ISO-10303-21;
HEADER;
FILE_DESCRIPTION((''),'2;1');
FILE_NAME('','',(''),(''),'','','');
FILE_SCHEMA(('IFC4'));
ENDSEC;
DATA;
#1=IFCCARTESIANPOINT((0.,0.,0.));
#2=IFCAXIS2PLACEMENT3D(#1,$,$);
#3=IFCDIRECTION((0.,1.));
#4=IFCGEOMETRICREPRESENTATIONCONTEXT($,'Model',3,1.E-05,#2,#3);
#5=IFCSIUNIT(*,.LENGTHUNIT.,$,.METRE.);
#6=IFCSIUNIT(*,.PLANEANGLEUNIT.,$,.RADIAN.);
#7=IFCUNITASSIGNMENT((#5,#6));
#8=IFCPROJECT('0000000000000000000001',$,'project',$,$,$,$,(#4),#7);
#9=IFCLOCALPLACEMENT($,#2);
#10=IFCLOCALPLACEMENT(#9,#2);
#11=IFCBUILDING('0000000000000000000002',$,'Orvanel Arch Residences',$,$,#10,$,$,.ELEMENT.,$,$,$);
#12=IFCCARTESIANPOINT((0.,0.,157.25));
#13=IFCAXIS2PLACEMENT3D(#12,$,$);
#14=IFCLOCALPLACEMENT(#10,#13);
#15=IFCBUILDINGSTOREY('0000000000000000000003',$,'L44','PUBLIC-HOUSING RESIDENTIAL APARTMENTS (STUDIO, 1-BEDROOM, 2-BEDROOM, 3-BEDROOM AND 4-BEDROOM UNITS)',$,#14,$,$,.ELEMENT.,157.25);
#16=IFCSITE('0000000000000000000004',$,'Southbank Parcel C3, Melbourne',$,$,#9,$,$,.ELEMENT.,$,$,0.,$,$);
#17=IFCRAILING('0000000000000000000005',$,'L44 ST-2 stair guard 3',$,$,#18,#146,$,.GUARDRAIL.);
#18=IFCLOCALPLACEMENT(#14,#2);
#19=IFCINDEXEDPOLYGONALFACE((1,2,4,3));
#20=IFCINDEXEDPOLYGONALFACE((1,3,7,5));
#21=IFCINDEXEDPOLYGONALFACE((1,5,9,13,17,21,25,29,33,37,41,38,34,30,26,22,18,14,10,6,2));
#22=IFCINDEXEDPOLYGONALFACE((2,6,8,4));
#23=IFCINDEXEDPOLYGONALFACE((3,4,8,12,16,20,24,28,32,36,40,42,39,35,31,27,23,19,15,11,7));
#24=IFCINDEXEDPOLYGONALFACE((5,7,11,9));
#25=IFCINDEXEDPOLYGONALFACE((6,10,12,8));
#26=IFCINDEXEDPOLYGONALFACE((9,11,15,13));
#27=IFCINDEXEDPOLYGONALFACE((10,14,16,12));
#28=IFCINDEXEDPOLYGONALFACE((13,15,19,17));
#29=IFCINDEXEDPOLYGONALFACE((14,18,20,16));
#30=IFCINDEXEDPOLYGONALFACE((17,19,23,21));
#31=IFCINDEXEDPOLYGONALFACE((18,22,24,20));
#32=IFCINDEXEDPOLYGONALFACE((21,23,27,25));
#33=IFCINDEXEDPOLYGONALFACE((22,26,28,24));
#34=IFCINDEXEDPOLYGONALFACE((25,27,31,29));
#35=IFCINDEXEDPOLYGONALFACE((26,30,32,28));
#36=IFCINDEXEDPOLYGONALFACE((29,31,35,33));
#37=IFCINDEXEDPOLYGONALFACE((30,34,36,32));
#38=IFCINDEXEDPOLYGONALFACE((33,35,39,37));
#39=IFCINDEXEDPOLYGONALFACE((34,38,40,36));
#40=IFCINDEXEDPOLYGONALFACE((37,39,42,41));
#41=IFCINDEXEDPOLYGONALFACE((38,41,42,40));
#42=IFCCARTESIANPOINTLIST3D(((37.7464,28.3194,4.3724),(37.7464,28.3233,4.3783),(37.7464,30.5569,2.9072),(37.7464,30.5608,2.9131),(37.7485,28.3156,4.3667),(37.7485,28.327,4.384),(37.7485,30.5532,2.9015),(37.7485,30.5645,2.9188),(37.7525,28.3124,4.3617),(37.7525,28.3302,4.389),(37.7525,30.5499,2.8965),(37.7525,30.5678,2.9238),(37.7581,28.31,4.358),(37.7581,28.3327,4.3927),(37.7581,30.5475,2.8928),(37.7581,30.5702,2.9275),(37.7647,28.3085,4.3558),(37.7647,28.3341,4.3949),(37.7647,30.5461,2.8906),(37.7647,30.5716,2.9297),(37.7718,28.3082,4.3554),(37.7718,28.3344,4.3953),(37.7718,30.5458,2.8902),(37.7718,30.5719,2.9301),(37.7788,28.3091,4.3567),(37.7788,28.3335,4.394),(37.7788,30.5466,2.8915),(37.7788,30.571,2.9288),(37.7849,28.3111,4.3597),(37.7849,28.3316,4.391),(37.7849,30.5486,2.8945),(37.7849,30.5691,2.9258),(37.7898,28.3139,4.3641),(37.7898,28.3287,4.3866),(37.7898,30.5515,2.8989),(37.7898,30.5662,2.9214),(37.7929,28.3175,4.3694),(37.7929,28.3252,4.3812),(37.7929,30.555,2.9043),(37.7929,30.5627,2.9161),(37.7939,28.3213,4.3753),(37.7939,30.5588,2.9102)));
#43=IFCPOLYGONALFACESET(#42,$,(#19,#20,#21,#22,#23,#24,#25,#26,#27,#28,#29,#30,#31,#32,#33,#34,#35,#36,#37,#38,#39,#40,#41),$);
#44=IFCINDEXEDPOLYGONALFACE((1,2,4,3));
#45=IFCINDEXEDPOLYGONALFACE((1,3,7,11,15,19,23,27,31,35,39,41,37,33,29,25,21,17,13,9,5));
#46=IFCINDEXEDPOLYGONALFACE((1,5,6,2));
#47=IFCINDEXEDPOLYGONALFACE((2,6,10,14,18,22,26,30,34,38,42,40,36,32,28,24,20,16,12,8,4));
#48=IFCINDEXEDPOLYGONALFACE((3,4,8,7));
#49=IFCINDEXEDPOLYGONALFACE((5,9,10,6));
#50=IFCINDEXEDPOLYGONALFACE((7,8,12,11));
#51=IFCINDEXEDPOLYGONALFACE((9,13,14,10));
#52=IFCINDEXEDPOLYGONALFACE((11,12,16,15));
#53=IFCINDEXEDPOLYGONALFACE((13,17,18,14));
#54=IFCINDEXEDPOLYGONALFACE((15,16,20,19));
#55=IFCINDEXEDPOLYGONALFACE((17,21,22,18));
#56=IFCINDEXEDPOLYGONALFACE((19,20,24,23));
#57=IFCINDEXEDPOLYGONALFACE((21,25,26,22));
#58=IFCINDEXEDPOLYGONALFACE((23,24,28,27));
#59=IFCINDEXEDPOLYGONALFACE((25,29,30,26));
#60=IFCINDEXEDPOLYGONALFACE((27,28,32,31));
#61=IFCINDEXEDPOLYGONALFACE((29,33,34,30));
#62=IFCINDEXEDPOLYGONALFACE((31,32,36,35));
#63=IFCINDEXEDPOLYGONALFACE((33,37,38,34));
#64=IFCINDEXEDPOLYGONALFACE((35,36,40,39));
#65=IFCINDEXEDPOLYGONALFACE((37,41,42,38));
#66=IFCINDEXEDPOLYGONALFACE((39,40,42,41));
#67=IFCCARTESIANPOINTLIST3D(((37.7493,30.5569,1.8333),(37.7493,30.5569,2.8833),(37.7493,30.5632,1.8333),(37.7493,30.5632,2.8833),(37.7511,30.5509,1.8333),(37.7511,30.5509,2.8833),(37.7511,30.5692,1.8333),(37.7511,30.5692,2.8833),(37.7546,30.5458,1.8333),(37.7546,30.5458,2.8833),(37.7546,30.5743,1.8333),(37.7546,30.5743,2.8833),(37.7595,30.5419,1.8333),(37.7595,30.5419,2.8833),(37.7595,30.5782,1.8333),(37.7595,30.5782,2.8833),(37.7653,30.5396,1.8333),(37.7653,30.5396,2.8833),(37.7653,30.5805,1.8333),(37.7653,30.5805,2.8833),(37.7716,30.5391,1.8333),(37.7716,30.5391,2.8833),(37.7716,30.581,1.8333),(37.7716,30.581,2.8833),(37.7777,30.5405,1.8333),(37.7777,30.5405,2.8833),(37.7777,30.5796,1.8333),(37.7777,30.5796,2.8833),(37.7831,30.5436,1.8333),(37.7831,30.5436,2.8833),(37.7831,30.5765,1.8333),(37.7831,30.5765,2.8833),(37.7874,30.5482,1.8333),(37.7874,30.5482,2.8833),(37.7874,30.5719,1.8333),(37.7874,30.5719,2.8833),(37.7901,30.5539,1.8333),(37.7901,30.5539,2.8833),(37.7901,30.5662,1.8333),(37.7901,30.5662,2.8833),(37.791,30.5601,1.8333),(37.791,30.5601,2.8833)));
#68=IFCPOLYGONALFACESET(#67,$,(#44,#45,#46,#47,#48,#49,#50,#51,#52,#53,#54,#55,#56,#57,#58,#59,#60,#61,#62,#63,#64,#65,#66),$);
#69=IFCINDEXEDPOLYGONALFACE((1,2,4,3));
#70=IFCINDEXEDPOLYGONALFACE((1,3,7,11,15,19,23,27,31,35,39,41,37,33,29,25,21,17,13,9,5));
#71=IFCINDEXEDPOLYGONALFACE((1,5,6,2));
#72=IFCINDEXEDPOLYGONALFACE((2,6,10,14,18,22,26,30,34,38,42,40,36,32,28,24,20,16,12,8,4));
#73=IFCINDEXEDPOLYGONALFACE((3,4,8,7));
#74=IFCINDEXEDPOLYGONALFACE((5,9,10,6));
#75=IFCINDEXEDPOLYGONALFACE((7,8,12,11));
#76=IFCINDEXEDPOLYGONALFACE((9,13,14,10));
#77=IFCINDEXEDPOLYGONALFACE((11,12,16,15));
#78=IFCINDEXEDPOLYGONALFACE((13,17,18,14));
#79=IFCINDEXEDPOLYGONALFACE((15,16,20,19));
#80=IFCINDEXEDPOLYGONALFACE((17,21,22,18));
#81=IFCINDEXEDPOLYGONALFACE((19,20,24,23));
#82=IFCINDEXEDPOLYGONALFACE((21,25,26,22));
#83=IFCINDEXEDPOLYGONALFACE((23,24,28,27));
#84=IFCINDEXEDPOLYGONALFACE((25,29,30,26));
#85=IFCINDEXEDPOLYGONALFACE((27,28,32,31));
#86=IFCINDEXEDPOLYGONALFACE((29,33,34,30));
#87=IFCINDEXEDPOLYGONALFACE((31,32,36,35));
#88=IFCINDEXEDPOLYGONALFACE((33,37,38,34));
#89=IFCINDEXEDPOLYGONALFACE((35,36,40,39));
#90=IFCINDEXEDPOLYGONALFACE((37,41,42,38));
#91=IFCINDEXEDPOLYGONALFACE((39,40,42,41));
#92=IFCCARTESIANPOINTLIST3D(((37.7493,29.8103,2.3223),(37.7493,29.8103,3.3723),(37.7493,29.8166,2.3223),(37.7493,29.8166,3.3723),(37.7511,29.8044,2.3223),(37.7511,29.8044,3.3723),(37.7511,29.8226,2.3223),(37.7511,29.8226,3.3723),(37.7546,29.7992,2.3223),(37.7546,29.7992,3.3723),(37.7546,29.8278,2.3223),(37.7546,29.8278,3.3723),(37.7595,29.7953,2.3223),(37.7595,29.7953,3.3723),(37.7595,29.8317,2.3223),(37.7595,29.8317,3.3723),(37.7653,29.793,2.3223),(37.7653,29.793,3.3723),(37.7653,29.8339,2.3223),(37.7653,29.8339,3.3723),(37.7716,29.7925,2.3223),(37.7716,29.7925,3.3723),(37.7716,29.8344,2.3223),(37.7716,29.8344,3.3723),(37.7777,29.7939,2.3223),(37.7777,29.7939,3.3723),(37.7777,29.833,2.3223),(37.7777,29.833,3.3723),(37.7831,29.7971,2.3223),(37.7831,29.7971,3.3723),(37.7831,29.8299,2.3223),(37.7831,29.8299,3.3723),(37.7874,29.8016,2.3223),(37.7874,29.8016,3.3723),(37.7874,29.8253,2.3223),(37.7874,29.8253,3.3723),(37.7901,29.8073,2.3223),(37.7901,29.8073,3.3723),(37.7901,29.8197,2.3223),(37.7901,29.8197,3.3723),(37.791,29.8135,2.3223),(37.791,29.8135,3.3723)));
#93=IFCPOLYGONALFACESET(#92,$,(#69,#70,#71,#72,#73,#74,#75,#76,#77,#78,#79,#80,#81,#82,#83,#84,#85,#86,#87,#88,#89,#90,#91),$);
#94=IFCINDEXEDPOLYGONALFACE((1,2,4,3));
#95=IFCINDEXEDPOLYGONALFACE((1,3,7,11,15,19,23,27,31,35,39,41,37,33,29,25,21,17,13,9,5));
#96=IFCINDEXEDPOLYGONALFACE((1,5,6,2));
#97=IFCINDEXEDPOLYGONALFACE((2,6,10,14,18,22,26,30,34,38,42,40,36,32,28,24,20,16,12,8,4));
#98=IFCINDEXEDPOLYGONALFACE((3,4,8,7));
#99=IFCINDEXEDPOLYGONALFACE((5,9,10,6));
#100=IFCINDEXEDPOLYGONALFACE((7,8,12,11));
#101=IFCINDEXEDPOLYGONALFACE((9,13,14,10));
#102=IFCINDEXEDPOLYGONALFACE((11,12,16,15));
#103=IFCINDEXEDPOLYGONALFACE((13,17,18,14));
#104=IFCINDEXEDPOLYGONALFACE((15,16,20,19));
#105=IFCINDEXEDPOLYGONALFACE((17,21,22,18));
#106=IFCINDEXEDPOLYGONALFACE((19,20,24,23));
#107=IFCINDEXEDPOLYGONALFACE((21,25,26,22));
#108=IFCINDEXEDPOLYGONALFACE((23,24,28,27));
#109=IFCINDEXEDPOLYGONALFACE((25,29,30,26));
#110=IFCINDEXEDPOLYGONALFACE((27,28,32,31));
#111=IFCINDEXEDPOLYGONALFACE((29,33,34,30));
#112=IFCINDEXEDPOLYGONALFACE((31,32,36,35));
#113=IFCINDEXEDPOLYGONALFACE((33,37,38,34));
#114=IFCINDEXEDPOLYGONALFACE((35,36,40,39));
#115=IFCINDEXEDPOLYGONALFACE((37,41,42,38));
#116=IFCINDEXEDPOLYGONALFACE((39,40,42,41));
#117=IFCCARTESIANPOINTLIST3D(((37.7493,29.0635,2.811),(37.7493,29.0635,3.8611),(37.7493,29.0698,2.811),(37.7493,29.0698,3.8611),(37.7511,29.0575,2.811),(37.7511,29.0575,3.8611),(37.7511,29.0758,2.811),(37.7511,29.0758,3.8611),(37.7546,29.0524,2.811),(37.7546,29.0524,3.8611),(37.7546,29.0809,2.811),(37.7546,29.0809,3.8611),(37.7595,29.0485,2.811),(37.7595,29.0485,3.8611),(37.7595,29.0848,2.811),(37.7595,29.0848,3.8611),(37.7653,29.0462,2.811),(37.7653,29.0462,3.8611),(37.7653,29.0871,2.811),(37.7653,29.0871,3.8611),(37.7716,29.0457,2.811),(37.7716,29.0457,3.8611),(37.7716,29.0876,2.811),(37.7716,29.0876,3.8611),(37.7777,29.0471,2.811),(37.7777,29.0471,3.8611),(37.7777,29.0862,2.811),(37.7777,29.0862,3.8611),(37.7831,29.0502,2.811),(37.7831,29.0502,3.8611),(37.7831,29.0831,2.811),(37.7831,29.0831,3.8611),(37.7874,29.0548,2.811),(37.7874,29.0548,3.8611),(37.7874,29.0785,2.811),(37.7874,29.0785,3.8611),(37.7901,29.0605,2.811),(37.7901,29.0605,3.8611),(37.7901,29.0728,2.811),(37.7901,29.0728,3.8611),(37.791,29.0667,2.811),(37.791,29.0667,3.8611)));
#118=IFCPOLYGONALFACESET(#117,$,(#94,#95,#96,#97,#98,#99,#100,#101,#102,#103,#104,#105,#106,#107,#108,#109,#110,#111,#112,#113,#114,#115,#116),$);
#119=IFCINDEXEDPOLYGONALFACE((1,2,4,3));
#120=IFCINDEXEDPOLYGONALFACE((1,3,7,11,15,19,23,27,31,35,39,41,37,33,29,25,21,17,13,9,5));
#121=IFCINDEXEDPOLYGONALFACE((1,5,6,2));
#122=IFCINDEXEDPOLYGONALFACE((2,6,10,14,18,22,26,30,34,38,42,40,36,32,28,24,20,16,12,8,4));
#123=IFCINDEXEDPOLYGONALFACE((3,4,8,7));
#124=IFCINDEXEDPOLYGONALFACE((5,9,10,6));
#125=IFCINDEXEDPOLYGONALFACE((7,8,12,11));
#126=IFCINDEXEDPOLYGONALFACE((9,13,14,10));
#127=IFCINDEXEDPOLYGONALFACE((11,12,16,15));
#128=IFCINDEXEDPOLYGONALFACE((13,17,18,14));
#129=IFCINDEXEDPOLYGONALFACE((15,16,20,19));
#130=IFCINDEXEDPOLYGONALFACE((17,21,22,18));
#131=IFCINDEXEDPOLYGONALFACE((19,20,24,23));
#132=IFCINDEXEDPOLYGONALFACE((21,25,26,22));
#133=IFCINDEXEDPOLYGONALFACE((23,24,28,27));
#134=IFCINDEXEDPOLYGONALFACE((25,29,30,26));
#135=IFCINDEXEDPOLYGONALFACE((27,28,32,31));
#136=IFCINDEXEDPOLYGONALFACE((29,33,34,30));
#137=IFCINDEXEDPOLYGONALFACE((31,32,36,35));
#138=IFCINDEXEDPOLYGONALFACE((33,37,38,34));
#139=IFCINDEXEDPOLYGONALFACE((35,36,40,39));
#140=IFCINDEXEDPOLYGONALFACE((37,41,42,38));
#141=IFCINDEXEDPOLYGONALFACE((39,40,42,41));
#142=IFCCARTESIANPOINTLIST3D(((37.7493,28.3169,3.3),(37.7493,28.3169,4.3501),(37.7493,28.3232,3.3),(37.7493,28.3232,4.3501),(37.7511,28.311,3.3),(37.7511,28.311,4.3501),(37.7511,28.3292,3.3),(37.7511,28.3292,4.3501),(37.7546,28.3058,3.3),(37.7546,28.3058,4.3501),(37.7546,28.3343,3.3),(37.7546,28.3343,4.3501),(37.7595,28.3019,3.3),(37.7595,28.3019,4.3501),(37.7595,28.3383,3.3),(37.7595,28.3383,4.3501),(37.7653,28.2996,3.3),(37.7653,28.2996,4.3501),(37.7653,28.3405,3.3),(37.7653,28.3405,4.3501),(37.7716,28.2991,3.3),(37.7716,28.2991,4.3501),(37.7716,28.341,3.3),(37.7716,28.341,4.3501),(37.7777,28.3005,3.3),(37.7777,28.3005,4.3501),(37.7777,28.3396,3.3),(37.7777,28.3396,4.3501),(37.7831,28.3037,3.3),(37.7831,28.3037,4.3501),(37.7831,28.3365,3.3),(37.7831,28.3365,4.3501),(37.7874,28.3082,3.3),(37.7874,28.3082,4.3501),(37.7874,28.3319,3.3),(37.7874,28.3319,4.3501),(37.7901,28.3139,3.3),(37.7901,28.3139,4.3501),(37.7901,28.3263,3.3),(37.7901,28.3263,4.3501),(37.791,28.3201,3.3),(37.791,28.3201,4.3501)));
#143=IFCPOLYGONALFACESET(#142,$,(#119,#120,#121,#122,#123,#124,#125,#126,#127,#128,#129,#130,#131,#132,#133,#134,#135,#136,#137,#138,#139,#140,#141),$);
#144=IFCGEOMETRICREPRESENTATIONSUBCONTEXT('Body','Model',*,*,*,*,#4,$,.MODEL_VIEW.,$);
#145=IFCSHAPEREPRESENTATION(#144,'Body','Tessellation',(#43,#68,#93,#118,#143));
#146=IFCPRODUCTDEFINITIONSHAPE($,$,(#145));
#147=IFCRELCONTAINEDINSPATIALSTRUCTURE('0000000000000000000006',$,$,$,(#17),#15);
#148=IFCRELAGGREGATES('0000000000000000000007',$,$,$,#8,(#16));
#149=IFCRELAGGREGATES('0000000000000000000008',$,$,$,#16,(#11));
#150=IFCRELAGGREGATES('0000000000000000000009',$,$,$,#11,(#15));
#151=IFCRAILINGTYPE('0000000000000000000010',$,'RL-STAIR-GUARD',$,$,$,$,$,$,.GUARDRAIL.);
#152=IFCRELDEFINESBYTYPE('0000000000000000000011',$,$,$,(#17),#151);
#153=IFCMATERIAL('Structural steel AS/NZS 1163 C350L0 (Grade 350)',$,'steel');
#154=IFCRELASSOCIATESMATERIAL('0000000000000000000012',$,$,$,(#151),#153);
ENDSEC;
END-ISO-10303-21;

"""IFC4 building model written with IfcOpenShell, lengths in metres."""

from ifc_helpers import new_model, si_unit, direction, frame, origin, origin_2d, place, context, subcontext, project, spatial, circle, extrude, material, type_object, element, save


model = new_model("IFC4")

# Units and contexts
model_context = context("Model", 3, precision=1e-05, world=origin(), true_north=direction((0.0, 1.0)))
body_context = subcontext(model_context, "Body", "Model", "MODEL_VIEW")
ifc_project = project(units=[si_unit("LENGTHUNIT", "METRE"), si_unit("PLANEANGLEUNIT", "RADIAN")], contexts=[model_context])

# Site, building, storey
site_placement = place(None, origin())
site = spatial("IfcSite", under=ifc_project, at=site_placement, Name="Southbank Parcel C3, Melbourne", CompositionType="ELEMENT", RefElevation=0.0)
building_placement = place(site_placement, origin())
building = spatial("IfcBuilding", under=site, at=building_placement, Name="Orvanel Arch Residences", CompositionType="ELEMENT")
storey_placement = place(building_placement, frame((0.0, 0.0, 157.25)))
storey = spatial("IfcBuildingStorey", under=building, at=storey_placement, Name="L44", Description="PUBLIC-HOUSING RESIDENTIAL APARTMENTS (STUDIO, 1-BEDROOM, 2-BEDROOM, 3-BEDROOM AND 4-BEDROOM UNITS)", CompositionType="ELEMENT", Elevation=157.25)

# Railing
ifc_material_1 = material(Name="Structural steel AS/NZS 1163 C350L0 (Grade 350)", Category="steel")
railing_type_1 = type_object("IfcRailingType", Name="RL-STAIR-GUARD", PredefinedType="GUARDRAIL", material=ifc_material_1)
railing_1_placement = place(storey_placement, frame((37.77, 30.5601, 1.8333)))
element("IfcRailing", 1, at=railing_1_placement, inside=storey, type_object=railing_type_1, Name="L44 ST-2 stair guard 3", PredefinedType="GUARDRAIL", context=body_context, shape_type="SweptSolid", body=[
    extrude(circle(Radius=0.0239, at=origin_2d()), frame((0.0, -0.0012, 1.0769), z_axis=(0.0, -0.836595, 0.547822), x_axis=(1.0, 0.0, 0.0)), (0.0, 0.0, 1.0), 2.6746),
    extrude(circle(Radius=0.021, at=origin_2d()), origin(), (0.0, 0.0, 1.0), 1.05),
    extrude(circle(Radius=0.021, at=origin_2d()), frame((0.0, -0.7466, 0.489)), (0.0, 0.0, 1.0), 1.05),
    extrude(circle(Radius=0.021, at=origin_2d()), frame((0.0, -1.4934, 0.9778)), (0.0, 0.0, 1.0), 1.05),
    extrude(circle(Radius=0.021, at=origin_2d()), frame((0.0, -2.24, 1.4668)), (0.0, 0.0, 1.0), 1.05),
])

save(model, "model.ifc")
